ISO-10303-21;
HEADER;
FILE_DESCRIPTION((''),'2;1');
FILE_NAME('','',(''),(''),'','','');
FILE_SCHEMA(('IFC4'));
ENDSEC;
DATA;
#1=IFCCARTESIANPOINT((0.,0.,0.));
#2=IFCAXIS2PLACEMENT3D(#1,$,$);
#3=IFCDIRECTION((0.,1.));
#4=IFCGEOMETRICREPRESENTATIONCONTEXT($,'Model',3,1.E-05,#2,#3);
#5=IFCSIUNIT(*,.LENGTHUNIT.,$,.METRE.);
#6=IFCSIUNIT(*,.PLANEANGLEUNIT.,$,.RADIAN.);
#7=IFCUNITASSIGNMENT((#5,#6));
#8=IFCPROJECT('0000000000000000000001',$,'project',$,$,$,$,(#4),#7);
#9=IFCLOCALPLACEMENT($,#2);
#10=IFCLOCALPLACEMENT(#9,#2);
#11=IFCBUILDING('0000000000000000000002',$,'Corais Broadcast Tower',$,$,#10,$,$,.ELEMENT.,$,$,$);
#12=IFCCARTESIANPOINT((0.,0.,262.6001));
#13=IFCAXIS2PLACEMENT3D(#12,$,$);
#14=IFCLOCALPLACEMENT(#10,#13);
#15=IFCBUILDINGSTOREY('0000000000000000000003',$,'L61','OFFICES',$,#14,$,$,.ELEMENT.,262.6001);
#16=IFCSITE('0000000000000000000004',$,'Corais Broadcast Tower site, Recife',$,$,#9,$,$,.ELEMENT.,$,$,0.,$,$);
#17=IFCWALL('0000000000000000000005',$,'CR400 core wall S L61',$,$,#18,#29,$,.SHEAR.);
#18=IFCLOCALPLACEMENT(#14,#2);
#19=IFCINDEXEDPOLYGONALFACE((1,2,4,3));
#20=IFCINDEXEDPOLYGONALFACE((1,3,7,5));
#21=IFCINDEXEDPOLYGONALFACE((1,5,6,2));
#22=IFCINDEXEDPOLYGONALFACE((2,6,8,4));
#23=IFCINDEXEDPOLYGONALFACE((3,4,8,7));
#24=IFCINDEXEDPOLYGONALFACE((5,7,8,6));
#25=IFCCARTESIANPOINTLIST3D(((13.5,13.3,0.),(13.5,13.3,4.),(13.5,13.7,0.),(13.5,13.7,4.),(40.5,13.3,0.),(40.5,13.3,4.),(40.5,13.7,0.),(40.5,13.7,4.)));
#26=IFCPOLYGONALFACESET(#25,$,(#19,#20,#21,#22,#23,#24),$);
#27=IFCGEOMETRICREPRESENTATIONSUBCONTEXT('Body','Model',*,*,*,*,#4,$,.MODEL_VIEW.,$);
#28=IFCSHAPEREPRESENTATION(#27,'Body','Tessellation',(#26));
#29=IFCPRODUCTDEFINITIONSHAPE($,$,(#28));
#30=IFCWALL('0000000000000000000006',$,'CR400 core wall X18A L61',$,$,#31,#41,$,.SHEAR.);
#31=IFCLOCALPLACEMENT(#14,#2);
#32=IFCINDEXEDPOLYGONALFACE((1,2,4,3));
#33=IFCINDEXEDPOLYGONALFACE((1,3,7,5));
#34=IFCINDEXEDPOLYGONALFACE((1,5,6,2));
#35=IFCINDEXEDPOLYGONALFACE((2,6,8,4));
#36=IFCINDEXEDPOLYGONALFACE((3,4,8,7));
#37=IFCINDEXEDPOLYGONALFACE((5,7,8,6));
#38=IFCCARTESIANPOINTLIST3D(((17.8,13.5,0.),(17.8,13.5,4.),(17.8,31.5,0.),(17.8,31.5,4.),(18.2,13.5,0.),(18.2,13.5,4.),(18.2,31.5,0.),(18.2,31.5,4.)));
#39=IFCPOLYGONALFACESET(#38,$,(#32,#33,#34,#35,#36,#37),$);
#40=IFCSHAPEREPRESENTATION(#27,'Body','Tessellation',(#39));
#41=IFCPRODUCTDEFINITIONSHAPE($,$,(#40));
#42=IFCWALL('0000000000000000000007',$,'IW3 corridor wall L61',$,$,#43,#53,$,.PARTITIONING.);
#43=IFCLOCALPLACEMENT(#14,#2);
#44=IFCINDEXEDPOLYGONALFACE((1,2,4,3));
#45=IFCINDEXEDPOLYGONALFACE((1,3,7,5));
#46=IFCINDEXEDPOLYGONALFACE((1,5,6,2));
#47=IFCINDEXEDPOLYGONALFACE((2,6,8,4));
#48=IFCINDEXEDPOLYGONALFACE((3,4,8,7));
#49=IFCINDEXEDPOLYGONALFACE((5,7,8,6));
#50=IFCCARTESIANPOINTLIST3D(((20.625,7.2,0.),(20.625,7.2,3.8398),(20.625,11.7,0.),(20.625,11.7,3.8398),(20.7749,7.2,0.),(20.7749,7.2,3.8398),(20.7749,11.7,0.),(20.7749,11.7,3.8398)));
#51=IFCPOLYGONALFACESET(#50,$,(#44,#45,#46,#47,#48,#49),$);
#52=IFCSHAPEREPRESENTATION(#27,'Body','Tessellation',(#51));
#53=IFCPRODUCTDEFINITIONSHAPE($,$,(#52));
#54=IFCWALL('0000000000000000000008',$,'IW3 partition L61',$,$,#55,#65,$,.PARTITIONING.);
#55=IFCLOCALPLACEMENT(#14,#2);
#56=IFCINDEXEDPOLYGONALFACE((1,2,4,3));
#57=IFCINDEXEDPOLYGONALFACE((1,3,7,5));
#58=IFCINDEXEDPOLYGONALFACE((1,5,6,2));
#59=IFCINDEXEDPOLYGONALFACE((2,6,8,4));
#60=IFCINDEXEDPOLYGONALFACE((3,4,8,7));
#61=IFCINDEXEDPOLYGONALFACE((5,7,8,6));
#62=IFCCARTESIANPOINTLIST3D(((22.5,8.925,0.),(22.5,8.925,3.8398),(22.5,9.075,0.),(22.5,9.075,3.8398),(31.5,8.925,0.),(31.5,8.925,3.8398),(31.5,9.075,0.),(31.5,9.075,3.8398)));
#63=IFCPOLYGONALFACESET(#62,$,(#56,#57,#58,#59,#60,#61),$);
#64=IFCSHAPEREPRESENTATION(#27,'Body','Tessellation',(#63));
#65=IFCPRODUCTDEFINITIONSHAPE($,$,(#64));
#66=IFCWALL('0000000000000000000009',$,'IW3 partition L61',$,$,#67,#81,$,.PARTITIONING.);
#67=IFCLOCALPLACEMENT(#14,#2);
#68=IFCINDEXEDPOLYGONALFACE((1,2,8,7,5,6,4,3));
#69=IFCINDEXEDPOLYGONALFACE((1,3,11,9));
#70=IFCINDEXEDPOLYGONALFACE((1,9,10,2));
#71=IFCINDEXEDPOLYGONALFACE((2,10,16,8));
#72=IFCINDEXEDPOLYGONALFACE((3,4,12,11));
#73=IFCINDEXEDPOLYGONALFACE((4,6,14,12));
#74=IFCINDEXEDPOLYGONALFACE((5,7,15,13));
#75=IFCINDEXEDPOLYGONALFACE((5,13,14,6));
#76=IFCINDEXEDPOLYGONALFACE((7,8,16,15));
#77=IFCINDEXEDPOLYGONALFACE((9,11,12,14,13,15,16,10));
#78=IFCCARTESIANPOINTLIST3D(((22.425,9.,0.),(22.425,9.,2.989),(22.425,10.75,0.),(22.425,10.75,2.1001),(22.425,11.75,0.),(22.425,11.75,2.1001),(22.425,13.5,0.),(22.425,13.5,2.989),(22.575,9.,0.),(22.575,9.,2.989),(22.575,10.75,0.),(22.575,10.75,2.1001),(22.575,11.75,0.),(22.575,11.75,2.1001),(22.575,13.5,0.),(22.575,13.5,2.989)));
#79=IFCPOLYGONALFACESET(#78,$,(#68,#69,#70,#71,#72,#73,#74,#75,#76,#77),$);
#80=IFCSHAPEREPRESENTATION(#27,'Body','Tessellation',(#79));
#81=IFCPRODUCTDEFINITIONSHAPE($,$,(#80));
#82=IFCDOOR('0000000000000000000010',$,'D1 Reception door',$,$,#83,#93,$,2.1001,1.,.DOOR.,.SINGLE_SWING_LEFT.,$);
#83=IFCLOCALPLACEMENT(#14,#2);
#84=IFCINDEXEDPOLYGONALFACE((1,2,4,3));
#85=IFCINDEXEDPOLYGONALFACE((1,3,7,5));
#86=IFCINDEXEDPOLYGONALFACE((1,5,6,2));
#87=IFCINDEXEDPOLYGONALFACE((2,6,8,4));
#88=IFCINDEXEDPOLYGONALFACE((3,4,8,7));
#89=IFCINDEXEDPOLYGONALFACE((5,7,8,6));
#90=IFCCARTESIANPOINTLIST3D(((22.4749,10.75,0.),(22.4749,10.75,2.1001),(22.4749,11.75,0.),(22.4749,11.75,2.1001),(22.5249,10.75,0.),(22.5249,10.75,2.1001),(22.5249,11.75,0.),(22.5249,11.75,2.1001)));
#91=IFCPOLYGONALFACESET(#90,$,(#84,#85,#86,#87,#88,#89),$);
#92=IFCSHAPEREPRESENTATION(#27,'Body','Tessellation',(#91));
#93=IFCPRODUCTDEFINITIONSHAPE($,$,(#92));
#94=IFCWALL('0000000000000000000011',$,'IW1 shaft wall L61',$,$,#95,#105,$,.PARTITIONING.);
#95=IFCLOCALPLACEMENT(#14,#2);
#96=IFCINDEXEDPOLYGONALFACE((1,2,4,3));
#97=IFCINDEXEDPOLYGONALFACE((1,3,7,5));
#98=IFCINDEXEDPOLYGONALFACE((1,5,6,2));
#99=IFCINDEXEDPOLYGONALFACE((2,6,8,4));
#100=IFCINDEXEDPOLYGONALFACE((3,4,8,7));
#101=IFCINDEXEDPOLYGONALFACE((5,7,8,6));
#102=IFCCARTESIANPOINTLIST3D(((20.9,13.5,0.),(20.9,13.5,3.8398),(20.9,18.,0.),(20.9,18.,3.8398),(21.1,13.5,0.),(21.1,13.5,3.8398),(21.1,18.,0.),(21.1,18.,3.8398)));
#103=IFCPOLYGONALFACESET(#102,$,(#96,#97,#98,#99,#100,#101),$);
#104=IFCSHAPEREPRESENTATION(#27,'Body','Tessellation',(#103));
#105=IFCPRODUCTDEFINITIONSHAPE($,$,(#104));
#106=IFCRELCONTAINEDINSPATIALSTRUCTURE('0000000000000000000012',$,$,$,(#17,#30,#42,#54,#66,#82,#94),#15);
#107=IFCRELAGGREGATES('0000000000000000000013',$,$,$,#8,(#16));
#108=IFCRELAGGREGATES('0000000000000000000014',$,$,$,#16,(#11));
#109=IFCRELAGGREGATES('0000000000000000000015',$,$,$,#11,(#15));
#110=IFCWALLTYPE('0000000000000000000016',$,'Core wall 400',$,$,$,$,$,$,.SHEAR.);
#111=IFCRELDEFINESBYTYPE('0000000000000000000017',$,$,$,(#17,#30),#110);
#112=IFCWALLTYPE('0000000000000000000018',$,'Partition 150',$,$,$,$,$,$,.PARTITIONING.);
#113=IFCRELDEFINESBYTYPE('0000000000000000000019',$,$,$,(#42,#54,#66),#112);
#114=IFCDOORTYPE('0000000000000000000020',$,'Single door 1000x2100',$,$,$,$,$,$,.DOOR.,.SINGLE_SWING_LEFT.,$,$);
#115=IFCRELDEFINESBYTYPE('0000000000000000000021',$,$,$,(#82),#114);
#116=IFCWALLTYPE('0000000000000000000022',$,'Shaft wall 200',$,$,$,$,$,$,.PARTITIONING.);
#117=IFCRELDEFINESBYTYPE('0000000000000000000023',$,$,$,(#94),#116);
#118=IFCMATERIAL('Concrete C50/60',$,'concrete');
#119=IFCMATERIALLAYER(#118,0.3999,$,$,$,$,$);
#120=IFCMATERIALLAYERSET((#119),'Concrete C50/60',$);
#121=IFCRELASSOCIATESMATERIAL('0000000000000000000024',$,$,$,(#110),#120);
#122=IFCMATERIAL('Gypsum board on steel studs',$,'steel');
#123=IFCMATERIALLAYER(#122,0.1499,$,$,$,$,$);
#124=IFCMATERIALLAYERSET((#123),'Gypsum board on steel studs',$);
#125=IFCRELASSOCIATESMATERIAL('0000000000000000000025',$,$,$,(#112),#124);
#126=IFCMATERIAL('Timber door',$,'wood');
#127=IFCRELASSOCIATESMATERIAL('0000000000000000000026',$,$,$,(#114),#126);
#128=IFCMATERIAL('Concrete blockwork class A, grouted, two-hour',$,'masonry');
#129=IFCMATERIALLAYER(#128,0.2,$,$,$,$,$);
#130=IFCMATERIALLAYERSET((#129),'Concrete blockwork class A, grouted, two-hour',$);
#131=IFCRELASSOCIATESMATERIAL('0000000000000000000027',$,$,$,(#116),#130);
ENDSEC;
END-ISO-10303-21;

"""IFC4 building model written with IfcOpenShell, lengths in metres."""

from ifc_helpers import new_model, si_unit, direction, frame, frame_2d, origin, place, context, subcontext, project, spatial, rectangle, extrude, material, layer, layer_set, type_object, element, fill, save


model = new_model("IFC4")

# Units and contexts
model_context = context("Model", 3, precision=1e-05, world=origin(), true_north=direction((0.0, 1.0)))
body_context = subcontext(model_context, "Body", "Model", "MODEL_VIEW")
ifc_project = project(units=[si_unit("LENGTHUNIT", "METRE"), si_unit("PLANEANGLEUNIT", "RADIAN")], contexts=[model_context])

# Site, building, storey
site_placement = place(None, origin())
site = spatial("IfcSite", under=ifc_project, at=site_placement, Name="Corais Broadcast Tower site, Recife", CompositionType="ELEMENT", RefElevation=0.0)
building_placement = place(site_placement, origin())
building = spatial("IfcBuilding", under=site, at=building_placement, Name="Corais Broadcast Tower", CompositionType="ELEMENT")
storey_placement = place(building_placement, frame((0.0, 0.0, 262.6001)))
storey = spatial("IfcBuildingStorey", under=building, at=storey_placement, Name="L61", Description="OFFICES", CompositionType="ELEMENT", Elevation=262.6001)

# Walls
ifc_material_1 = material(Name="Concrete C50/60", Category="concrete")
ifc_layer_1 = layer(ifc_material_1, 0.3999)
ifc_layer_set_1 = layer_set([ifc_layer_1], Name="Concrete C50/60")
wall_type_1 = type_object("IfcWallType", Name="Core wall 400", PredefinedType="SHEAR", material=ifc_layer_set_1)
wall_1_placement = place(storey_placement, frame((13.5, 13.5, 0.0), z_axis=(0.0, 0.0, 1.0), x_axis=(1.0, 0.0, 0.0)))
element("IfcWall", 1, at=wall_1_placement, inside=storey, type_object=wall_type_1, Name="CR400 core wall S L61", PredefinedType="SHEAR", context=body_context, shape_type="SweptSolid", body=[
    extrude(rectangle(XDim=27.0, YDim=0.3999, at=frame_2d((13.5, 0.0))), origin(), (0.0, 0.0, 1.0), 4.0),
])
wall_2_placement = place(storey_placement, frame((18.0, 13.5, 0.0), z_axis=(0.0, 0.0, 1.0), x_axis=(0.0, 1.0, 0.0)))
element("IfcWall", 2, at=wall_2_placement, inside=storey, type_object=wall_type_1, Name="CR400 core wall X18A L61", PredefinedType="SHEAR", context=body_context, shape_type="SweptSolid", body=[
    extrude(rectangle(XDim=18.0, YDim=0.3999, at=frame_2d((9.0, 0.0))), origin(), (0.0, 0.0, 1.0), 4.0),
])
ifc_material_2 = material(Name="Gypsum board on steel studs", Category="steel")
ifc_layer_2 = layer(ifc_material_2, 0.1499)
ifc_layer_set_2 = layer_set([ifc_layer_2], Name="Gypsum board on steel studs")
wall_type_2 = type_object("IfcWallType", Name="Partition 150", PredefinedType="PARTITIONING", material=ifc_layer_set_2)
wall_3_placement = place(storey_placement, frame((20.7, 11.7, 0.0), z_axis=(0.0, 0.0, 1.0), x_axis=(0.0, -1.0, 0.0)))
element("IfcWall", 3, at=wall_3_placement, inside=storey, type_object=wall_type_2, Name="IW3 corridor wall L61", PredefinedType="PARTITIONING", context=body_context, shape_type="SweptSolid", body=[
    extrude(rectangle(XDim=4.5, YDim=0.1499, at=frame_2d((2.25, 0.0))), origin(), (0.0, 0.0, 1.0), 3.8398),
])
wall_4_placement = place(storey_placement, frame((22.5, 9.0, 0.0), z_axis=(0.0, 0.0, 1.0), x_axis=(1.0, 0.0, 0.0)))
element("IfcWall", 4, at=wall_4_placement, inside=storey, type_object=wall_type_2, Name="IW3 partition L61", PredefinedType="PARTITIONING", context=body_context, shape_type="SweptSolid", body=[
    extrude(rectangle(XDim=9.0, YDim=0.1499, at=frame_2d((4.5, 0.0))), origin(), (0.0, 0.0, 1.0), 3.8398),
])

# Wall, opening, door
wall_5_placement = place(storey_placement, frame((22.5, 13.5, 0.0), z_axis=(0.0, 0.0, 1.0), x_axis=(0.0, -1.0, 0.0)))
wall_5 = element("IfcWall", 5, at=wall_5_placement, inside=storey, type_object=wall_type_2, Name="IW3 partition L61", PredefinedType="PARTITIONING", context=body_context, shape_type="SweptSolid", body=[
    extrude(rectangle(XDim=4.5, YDim=0.1499, at=frame_2d((2.25, 0.0))), origin(), (0.0, 0.0, 1.0), 2.989),
])
opening_placement = place(wall_5_placement, frame((1.75, 0.0, 0.0)))
opening = element("IfcOpeningElement", 6, at=opening_placement, cuts=wall_5, PredefinedType="OPENING", context=body_context, shape_type="SweptSolid", body=[
    extrude(rectangle(XDim=1.0, YDim=2.1001, at=frame_2d((0.5, 1.05))), frame((0.0, 0.085, 0.0), z_axis=(0.0, -1.0, 0.0), x_axis=(1.0, 0.0, 0.0)), (0.0, 0.0, 1.0), 0.1699),
])
ifc_material_3 = material(Name="Timber door", Category="wood")
door_type = type_object("IfcDoorType", Name="Single door 1000x2100", OperationType="SINGLE_SWING_LEFT", PredefinedType="DOOR", material=ifc_material_3)
door_placement = place(opening_placement, origin())
door = element("IfcDoor", 7, at=door_placement, inside=storey, type_object=door_type, Name="D1 Reception door", OperationType="SINGLE_SWING_LEFT", OverallHeight=2.1001, OverallWidth=1.0, PredefinedType="DOOR", context=body_context, shape_type="SweptSolid", body=[
    extrude(rectangle(XDim=1.0, YDim=2.1001, at=frame_2d((0.5, 1.05))), frame((0.0, 0.0249, 0.0), z_axis=(0.0, -1.0, 0.0), x_axis=(1.0, 0.0, 0.0)), (0.0, 0.0, 1.0), 0.05),
])
fill(opening, door)

# Wall
ifc_material_4 = material(Name="Concrete blockwork class A, grouted, two-hour", Category="masonry")
ifc_layer_3 = layer(ifc_material_4, 0.2)
ifc_layer_set_3 = layer_set([ifc_layer_3], Name="Concrete blockwork class A, grouted, two-hour")
wall_type_3 = type_object("IfcWallType", Name="Shaft wall 200", PredefinedType="PARTITIONING", material=ifc_layer_set_3)
wall_6_placement = place(storey_placement, frame((21.0, 13.5, 0.0), z_axis=(0.0, 0.0, 1.0), x_axis=(0.0, 1.0, 0.0)))
element("IfcWall", 8, at=wall_6_placement, inside=storey, type_object=wall_type_3, Name="IW1 shaft wall L61", PredefinedType="PARTITIONING", context=body_context, shape_type="SweptSolid", body=[
    extrude(rectangle(XDim=4.5, YDim=0.2, at=frame_2d((2.25, 0.0))), origin(), (0.0, 0.0, 1.0), 3.8398),
])

save(model, "model.ifc")
